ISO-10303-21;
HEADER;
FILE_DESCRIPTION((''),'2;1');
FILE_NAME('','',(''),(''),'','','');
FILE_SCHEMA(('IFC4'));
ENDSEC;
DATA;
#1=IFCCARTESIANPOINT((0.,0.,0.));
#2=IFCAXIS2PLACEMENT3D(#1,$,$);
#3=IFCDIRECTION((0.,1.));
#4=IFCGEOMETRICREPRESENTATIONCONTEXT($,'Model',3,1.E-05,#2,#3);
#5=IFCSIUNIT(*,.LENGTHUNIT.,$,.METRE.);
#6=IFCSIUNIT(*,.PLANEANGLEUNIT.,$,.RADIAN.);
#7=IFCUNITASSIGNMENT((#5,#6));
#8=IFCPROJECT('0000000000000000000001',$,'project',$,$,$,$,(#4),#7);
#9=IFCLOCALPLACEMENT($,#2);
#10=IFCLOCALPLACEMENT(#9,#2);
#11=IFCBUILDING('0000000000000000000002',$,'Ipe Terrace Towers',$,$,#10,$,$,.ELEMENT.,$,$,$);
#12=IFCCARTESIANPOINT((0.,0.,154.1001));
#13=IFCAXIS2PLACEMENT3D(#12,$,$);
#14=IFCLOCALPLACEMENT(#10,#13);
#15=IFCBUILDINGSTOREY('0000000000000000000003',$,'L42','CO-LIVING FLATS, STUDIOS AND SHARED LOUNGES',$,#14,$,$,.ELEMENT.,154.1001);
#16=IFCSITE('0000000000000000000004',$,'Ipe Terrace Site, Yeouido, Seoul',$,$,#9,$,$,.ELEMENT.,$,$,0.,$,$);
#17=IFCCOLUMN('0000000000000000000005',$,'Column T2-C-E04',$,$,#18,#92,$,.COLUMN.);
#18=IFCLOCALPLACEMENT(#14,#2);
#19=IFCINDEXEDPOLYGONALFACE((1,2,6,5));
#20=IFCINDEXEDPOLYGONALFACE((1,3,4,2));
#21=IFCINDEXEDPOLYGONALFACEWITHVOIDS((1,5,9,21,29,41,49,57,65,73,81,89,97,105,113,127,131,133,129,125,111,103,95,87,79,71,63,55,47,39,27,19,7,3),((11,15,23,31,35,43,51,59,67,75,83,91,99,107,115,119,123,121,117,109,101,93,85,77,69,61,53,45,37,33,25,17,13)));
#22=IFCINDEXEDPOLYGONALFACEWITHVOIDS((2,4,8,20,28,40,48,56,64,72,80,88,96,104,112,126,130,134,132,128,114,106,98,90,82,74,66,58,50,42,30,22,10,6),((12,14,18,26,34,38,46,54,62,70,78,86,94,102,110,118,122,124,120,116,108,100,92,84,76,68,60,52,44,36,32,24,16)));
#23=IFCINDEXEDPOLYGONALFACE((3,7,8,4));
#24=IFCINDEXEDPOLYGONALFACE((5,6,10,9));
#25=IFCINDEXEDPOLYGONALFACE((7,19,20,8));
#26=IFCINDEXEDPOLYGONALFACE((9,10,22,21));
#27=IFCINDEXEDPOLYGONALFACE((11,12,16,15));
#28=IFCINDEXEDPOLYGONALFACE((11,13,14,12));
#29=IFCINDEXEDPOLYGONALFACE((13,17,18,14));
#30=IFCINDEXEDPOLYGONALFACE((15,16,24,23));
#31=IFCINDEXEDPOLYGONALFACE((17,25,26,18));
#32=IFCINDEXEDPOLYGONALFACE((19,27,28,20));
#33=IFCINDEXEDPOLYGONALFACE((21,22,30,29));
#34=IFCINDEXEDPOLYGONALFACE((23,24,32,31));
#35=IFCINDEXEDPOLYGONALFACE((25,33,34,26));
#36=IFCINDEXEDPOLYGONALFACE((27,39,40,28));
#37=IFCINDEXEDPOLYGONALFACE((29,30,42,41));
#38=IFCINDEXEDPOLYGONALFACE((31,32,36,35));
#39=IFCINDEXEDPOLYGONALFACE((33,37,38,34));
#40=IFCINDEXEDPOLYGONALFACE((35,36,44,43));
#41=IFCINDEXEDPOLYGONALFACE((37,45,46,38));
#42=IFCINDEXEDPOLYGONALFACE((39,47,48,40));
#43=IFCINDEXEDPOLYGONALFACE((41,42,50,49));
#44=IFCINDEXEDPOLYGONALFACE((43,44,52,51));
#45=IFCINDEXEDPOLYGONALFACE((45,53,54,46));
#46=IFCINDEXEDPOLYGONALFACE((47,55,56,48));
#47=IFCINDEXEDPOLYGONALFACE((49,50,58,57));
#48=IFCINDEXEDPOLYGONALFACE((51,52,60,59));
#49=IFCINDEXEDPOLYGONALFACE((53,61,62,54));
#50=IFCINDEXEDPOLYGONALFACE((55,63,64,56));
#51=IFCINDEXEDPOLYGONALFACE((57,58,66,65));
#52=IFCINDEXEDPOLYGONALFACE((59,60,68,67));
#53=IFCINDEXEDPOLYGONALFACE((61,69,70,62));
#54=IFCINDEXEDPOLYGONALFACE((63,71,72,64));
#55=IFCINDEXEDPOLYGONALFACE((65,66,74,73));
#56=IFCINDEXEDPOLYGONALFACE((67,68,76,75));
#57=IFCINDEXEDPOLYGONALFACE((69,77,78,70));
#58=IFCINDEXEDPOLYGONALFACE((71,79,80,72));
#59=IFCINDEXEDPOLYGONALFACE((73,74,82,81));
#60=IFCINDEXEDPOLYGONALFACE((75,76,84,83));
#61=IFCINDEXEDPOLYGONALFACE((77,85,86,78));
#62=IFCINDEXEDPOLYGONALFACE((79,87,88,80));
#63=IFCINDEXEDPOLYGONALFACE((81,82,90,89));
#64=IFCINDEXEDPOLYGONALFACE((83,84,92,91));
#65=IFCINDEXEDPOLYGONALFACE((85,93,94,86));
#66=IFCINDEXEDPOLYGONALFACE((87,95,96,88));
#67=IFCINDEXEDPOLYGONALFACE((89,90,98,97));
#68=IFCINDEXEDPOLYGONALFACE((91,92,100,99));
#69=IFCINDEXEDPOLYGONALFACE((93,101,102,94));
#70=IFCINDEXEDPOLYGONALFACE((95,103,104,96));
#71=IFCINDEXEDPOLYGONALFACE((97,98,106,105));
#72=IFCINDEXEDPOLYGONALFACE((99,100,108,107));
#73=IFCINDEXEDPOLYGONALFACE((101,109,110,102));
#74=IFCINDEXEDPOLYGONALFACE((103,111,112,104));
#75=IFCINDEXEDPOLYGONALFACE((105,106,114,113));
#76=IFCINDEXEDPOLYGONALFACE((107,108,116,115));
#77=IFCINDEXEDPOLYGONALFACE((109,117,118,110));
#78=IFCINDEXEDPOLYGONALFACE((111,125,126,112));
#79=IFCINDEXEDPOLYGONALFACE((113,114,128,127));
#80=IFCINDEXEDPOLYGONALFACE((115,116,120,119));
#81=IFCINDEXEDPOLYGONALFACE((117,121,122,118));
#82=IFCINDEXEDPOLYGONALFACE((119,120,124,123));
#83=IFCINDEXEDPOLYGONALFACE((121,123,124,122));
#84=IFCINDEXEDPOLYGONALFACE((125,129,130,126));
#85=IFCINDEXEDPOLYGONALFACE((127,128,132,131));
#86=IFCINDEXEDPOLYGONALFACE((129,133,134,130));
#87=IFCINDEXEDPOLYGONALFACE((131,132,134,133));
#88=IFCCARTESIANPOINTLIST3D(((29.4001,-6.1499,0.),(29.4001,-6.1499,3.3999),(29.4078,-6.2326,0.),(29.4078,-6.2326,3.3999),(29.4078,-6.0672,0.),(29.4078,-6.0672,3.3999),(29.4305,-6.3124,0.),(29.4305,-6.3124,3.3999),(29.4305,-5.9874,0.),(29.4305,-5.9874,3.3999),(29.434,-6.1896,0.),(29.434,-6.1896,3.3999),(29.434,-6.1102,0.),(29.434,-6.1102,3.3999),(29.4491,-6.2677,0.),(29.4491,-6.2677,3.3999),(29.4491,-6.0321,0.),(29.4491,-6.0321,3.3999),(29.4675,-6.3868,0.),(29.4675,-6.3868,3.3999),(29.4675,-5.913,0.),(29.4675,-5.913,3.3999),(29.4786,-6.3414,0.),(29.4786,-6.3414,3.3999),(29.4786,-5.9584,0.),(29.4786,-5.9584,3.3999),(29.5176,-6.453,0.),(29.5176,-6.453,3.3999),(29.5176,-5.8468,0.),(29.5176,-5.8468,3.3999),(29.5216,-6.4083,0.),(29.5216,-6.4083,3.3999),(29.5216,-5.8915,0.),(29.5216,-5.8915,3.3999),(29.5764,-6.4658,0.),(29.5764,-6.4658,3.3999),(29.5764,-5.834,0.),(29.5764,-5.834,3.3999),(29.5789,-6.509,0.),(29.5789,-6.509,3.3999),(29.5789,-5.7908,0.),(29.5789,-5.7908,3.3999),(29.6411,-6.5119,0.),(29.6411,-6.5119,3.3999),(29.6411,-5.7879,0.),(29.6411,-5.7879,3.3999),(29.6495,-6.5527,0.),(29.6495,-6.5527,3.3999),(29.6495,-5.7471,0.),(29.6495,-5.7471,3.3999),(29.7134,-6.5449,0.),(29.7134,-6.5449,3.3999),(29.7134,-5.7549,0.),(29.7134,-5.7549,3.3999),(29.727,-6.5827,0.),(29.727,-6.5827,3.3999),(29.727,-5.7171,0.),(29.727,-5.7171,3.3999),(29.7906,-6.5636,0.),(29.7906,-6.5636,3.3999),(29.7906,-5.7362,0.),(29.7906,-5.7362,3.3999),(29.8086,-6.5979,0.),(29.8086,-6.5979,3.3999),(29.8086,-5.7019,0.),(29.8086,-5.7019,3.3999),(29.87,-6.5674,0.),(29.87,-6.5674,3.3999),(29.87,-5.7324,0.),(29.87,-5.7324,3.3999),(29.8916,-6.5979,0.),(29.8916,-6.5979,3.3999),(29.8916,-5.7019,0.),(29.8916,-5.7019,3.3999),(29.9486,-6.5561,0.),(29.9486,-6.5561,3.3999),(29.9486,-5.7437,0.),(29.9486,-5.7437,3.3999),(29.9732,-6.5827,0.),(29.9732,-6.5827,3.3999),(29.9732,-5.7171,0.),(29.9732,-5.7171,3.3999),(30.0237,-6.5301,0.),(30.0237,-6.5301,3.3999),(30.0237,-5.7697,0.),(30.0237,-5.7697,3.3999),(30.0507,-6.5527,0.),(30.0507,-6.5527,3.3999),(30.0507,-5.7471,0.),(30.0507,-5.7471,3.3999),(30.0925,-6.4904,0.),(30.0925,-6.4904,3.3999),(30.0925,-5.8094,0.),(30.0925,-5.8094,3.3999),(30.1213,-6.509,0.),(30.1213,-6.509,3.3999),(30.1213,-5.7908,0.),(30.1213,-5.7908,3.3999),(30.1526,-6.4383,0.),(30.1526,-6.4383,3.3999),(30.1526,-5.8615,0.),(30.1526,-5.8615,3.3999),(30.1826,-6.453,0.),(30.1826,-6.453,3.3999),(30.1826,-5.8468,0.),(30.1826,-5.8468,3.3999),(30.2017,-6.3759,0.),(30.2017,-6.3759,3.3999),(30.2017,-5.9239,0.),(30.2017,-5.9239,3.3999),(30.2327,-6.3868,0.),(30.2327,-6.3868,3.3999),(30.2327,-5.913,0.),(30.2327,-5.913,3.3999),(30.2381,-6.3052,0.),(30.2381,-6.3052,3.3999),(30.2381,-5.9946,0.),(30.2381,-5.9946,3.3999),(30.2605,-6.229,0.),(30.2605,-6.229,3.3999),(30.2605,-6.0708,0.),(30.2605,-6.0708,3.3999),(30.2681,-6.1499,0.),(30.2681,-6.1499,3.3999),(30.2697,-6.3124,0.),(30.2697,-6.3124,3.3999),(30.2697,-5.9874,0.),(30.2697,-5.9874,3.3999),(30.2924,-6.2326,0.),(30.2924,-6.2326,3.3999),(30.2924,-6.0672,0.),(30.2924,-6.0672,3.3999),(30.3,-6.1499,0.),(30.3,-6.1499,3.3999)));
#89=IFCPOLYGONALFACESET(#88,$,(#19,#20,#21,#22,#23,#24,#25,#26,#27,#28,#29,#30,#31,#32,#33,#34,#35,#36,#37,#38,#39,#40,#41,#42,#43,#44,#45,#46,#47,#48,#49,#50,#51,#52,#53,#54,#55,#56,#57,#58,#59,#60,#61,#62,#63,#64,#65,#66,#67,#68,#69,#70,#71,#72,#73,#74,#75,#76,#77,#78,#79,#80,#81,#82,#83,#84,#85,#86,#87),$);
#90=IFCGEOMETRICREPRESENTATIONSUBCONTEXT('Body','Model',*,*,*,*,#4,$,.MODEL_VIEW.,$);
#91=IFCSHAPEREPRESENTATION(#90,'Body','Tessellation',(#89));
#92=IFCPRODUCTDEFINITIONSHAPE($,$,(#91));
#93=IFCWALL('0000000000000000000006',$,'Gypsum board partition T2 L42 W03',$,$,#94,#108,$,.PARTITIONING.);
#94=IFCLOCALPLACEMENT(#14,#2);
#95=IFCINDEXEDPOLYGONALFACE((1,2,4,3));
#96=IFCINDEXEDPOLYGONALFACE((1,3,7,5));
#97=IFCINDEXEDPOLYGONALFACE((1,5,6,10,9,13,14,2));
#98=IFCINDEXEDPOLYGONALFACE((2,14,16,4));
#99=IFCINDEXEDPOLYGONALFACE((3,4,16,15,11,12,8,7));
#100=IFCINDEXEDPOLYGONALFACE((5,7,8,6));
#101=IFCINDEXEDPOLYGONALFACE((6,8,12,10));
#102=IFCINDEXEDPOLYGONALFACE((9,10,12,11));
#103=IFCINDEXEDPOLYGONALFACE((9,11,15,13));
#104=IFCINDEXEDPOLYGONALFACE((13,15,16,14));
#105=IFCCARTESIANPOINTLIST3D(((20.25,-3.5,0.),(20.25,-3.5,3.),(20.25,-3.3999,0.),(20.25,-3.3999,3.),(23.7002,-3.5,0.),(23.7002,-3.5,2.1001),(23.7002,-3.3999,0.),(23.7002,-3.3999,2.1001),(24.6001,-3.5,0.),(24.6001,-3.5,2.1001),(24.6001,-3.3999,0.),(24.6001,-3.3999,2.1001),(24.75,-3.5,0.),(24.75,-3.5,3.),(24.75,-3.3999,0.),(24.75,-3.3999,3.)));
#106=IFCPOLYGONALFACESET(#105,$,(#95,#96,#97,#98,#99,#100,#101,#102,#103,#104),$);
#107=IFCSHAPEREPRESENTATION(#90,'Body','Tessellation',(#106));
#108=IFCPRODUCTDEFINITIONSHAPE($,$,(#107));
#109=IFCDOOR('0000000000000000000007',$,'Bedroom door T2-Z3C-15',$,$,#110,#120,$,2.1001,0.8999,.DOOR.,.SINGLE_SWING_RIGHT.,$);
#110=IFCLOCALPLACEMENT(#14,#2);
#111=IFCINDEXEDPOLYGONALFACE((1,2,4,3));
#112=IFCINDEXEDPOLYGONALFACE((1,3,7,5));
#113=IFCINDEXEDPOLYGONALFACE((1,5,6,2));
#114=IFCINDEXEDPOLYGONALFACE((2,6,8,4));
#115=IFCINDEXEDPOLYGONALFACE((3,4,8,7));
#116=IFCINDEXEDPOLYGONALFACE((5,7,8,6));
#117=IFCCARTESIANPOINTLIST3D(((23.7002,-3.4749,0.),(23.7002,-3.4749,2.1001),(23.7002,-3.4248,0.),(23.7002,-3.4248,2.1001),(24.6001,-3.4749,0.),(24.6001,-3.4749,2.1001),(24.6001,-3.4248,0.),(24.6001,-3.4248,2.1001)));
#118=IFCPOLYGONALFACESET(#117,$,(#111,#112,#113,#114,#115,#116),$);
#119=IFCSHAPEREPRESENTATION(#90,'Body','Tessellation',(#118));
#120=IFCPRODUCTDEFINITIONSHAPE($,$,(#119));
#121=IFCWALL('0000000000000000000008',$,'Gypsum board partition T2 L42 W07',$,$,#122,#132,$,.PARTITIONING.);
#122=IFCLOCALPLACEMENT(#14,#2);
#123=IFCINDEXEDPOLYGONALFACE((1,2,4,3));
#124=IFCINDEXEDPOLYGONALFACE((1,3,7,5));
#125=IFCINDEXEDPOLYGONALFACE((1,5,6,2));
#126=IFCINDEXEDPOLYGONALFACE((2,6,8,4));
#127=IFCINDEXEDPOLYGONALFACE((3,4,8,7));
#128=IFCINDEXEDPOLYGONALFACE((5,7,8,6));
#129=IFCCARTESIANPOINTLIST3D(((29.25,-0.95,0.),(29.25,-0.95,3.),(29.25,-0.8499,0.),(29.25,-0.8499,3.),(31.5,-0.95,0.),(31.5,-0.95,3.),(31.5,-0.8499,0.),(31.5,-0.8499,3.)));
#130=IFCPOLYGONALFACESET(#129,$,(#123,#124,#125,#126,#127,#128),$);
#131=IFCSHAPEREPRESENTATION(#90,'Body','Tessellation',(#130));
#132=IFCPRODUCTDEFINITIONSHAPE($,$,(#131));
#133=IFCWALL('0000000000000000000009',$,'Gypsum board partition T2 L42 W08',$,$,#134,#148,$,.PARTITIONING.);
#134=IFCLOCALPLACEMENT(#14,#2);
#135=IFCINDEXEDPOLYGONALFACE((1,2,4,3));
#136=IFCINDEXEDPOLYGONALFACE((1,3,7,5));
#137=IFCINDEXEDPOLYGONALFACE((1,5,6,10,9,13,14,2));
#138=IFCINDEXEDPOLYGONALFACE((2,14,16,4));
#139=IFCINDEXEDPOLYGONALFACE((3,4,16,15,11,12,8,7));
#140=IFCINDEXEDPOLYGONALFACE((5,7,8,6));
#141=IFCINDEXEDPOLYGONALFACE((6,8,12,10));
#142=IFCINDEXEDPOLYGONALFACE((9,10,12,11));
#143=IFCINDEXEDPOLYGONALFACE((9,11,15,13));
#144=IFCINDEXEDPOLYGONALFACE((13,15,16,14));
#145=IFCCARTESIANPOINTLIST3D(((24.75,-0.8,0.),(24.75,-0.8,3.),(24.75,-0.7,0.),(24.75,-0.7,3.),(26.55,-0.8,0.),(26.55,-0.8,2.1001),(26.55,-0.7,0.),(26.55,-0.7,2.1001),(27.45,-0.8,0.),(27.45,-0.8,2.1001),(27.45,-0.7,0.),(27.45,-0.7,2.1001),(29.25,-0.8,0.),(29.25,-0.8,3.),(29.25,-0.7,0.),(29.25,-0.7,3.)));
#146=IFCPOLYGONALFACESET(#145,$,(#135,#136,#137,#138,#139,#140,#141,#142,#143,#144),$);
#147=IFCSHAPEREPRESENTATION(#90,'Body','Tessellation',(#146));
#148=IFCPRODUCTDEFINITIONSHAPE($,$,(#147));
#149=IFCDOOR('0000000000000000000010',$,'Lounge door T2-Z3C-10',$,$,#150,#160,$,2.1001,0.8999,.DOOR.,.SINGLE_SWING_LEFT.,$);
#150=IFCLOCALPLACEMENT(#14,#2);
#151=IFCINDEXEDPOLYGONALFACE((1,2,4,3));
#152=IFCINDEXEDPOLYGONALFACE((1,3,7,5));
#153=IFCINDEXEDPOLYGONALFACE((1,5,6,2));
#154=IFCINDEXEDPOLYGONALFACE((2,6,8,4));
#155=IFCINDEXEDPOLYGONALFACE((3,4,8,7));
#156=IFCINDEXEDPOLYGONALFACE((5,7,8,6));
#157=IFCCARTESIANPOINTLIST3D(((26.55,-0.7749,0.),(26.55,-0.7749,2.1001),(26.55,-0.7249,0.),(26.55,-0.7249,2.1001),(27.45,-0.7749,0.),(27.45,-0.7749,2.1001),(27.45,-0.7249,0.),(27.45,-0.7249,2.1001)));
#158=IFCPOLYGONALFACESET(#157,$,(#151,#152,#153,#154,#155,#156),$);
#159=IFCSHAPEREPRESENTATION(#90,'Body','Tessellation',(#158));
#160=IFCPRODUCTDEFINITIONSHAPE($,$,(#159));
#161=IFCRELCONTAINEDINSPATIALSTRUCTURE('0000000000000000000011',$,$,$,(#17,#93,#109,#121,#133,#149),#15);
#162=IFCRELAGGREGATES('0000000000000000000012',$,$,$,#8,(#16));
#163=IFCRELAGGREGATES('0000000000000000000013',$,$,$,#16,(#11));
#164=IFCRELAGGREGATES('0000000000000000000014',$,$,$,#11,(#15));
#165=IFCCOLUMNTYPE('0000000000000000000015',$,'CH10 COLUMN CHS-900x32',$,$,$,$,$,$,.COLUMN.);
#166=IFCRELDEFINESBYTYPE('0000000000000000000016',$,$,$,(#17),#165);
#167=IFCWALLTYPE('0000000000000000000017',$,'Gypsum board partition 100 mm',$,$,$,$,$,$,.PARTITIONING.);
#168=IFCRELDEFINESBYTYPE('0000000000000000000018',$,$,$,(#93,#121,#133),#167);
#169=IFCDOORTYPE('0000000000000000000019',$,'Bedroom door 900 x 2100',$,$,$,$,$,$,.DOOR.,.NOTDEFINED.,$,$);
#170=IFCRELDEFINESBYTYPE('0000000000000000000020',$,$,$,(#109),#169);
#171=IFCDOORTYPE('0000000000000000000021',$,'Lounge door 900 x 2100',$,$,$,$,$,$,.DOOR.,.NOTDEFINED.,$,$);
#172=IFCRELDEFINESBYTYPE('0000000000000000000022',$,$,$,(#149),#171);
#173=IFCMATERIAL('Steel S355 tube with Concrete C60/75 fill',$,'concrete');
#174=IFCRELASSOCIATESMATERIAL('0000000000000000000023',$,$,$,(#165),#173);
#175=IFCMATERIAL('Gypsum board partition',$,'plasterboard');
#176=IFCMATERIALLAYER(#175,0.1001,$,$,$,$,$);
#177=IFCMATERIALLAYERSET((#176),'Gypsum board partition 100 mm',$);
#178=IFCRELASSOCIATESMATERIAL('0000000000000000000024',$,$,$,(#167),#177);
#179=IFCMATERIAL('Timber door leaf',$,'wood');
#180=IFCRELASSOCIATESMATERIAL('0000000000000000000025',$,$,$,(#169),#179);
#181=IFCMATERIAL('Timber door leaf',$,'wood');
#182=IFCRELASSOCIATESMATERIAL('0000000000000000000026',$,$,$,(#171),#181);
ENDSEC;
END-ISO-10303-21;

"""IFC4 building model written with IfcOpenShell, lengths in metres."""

from ifc_helpers import new_model, si_unit, direction, frame, frame_2d, origin, origin_2d, place, context, subcontext, project, spatial, rectangle, hollow_circle, extrude, material, layer, layer_set, material_profile, profile_set, type_object, element, fill, save


model = new_model("IFC4")

# Units and contexts
model_context = context("Model", 3, precision=1e-05, world=origin(), true_north=direction((0.0, 1.0)))
body_context = subcontext(model_context, "Body", "Model", "MODEL_VIEW")
ifc_project = project(units=[si_unit("LENGTHUNIT", "METRE"), si_unit("PLANEANGLEUNIT", "RADIAN")], contexts=[model_context])

# Site, building, storey
site_placement = place(None, origin())
site = spatial("IfcSite", under=ifc_project, at=site_placement, Name="Ipe Terrace Site, Yeouido, Seoul", CompositionType="ELEMENT", RefElevation=0.0)
building_placement = place(site_placement, origin())
building = spatial("IfcBuilding", under=site, at=building_placement, Name="Ipe Terrace Towers", CompositionType="ELEMENT")
storey_placement = place(building_placement, frame((0.0, 0.0, 154.1001)))
storey = spatial("IfcBuildingStorey", under=building, at=storey_placement, Name="L42", Description="CO-LIVING FLATS, STUDIOS AND SHARED LOUNGES", CompositionType="ELEMENT", Elevation=154.1001)

# Column
ifc_material_1 = material(Name="Steel S355 tube with Concrete C60/75 fill", Category="concrete")
ifc_material_profile = material_profile(ifc_material_1, hollow_circle(Radius=0.45, WallThickness=0.032, at=origin_2d()), Name="CHS-900x32")
ifc_profile_set = profile_set([ifc_material_profile], Name="Steel S355 tube with Concrete C60/75 fill")
column_type = type_object("IfcColumnType", Name="CH10 COLUMN CHS-900x32", PredefinedType="COLUMN", material=ifc_profile_set)
column_placement = place(storey_placement, frame((29.8501, -6.1499, 0.0), z_axis=(0.0, 0.0, 1.0), x_axis=(1.0, 0.0, 0.0)))
element("IfcColumn", 1, at=column_placement, inside=storey, type_object=column_type, Name="Column T2-C-E04", PredefinedType="COLUMN", context=body_context, shape_type="SweptSolid", body=[
    extrude(hollow_circle(Radius=0.45, WallThickness=0.032, at=origin_2d()), origin(), (0.0, 0.0, 1.0), 3.3999),
])

# Wall, opening, door
ifc_material_2 = material(Name="Gypsum board partition", Category="plasterboard")
ifc_layer_1 = layer(ifc_material_2, 0.1001)
ifc_layer_set_1 = layer_set([ifc_layer_1], Name="Gypsum board partition 100 mm")
wall_type_1 = type_object("IfcWallType", Name="Gypsum board partition 100 mm", PredefinedType="PARTITIONING", material=ifc_layer_set_1)
wall_1_placement = place(storey_placement, frame((24.75, -3.45, 0.0), z_axis=(0.0, 0.0, 1.0), x_axis=(-1.0, 0.0, 0.0)))
wall_1 = element("IfcWall", 2, at=wall_1_placement, inside=storey, type_object=wall_type_1, Name="Gypsum board partition T2 L42 W03", PredefinedType="PARTITIONING", context=body_context, shape_type="SweptSolid", body=[
    extrude(rectangle(XDim=4.5, YDim=0.1001, at=frame_2d((2.25, 0.0))), origin(), (0.0, 0.0, 1.0), 3.0),
])
opening_1_placement = place(wall_1_placement, frame((0.1499, 0.0, 0.0)))
opening_1 = element("IfcOpeningElement", 3, at=opening_1_placement, cuts=wall_1, PredefinedType="OPENING", context=body_context, shape_type="SweptSolid", body=[
    extrude(rectangle(XDim=0.8999, YDim=2.1001, at=frame_2d((0.45, 1.05))), frame((0.0, 0.0601, 0.0), z_axis=(0.0, -1.0, 0.0), x_axis=(1.0, 0.0, 0.0)), (0.0, 0.0, 1.0), 0.1201),
])
ifc_material_3 = material(Name="Timber door leaf", Category="wood")
door_type_1 = type_object("IfcDoorType", Name="Bedroom door 900 x 2100", OperationType="NOTDEFINED", PredefinedType="DOOR", material=ifc_material_3)
door_1_placement = place(opening_1_placement, origin())
door_1 = element("IfcDoor", 4, at=door_1_placement, inside=storey, type_object=door_type_1, Name="Bedroom door T2-Z3C-15", OperationType="SINGLE_SWING_RIGHT", OverallHeight=2.1001, OverallWidth=0.8999, PredefinedType="DOOR", context=body_context, shape_type="SweptSolid", body=[
    extrude(rectangle(XDim=0.8999, YDim=2.1001, at=frame_2d((0.45, 1.05))), frame((0.0, 0.0249, 0.0), z_axis=(0.0, -1.0, 0.0), x_axis=(1.0, 0.0, 0.0)), (0.0, 0.0, 1.0), 0.05),
])
fill(opening_1, door_1)

# Wall
wall_2_placement = place(storey_placement, frame((31.5, -0.8999, 0.0), z_axis=(0.0, 0.0, 1.0), x_axis=(-1.0, 0.0, 0.0)))
element("IfcWall", 5, at=wall_2_placement, inside=storey, type_object=wall_type_1, Name="Gypsum board partition T2 L42 W07", PredefinedType="PARTITIONING", context=body_context, shape_type="SweptSolid", body=[
    extrude(rectangle(XDim=2.25, YDim=0.1001, at=frame_2d((1.125, 0.0))), origin(), (0.0, 0.0, 1.0), 3.0),
])

# Wall, opening, door
wall_3_placement = place(storey_placement, frame((29.25, -0.75, 0.0), z_axis=(0.0, 0.0, 1.0), x_axis=(-1.0, 0.0, 0.0)))
wall_3 = element("IfcWall", 6, at=wall_3_placement, inside=storey, type_object=wall_type_1, Name="Gypsum board partition T2 L42 W08", PredefinedType="PARTITIONING", context=body_context, shape_type="SweptSolid", body=[
    extrude(rectangle(XDim=4.5, YDim=0.1001, at=frame_2d((2.25, 0.0))), origin(), (0.0, 0.0, 1.0), 3.0),
])
opening_2_placement = place(wall_3_placement, frame((1.8, 0.0, 0.0)))
opening_2 = element("IfcOpeningElement", 7, at=opening_2_placement, cuts=wall_3, PredefinedType="OPENING", context=body_context, shape_type="SweptSolid", body=[
    extrude(rectangle(XDim=0.8999, YDim=2.1001, at=frame_2d((0.45, 1.05))), frame((0.0, 0.0601, 0.0), z_axis=(0.0, -1.0, 0.0), x_axis=(1.0, 0.0, 0.0)), (0.0, 0.0, 1.0), 0.1201),
])
ifc_material_4 = material(Name="Timber door leaf", Category="wood")
door_type_2 = type_object("IfcDoorType", Name="Lounge door 900 x 2100", OperationType="NOTDEFINED", PredefinedType="DOOR", material=ifc_material_4)
door_2_placement = place(opening_2_placement, origin())
door_2 = element("IfcDoor", 8, at=door_2_placement, inside=storey, type_object=door_type_2, Name="Lounge door T2-Z3C-10", OperationType="SINGLE_SWING_LEFT", OverallHeight=2.1001, OverallWidth=0.8999, PredefinedType="DOOR", context=body_context, shape_type="SweptSolid", body=[
    extrude(rectangle(XDim=0.8999, YDim=2.1001, at=frame_2d((0.45, 1.05))), frame((0.0, 0.0249, 0.0), z_axis=(0.0, -1.0, 0.0), x_axis=(1.0, 0.0, 0.0)), (0.0, 0.0, 1.0), 0.05),
])
fill(opening_2, door_2)

save(model, "model.ifc")
